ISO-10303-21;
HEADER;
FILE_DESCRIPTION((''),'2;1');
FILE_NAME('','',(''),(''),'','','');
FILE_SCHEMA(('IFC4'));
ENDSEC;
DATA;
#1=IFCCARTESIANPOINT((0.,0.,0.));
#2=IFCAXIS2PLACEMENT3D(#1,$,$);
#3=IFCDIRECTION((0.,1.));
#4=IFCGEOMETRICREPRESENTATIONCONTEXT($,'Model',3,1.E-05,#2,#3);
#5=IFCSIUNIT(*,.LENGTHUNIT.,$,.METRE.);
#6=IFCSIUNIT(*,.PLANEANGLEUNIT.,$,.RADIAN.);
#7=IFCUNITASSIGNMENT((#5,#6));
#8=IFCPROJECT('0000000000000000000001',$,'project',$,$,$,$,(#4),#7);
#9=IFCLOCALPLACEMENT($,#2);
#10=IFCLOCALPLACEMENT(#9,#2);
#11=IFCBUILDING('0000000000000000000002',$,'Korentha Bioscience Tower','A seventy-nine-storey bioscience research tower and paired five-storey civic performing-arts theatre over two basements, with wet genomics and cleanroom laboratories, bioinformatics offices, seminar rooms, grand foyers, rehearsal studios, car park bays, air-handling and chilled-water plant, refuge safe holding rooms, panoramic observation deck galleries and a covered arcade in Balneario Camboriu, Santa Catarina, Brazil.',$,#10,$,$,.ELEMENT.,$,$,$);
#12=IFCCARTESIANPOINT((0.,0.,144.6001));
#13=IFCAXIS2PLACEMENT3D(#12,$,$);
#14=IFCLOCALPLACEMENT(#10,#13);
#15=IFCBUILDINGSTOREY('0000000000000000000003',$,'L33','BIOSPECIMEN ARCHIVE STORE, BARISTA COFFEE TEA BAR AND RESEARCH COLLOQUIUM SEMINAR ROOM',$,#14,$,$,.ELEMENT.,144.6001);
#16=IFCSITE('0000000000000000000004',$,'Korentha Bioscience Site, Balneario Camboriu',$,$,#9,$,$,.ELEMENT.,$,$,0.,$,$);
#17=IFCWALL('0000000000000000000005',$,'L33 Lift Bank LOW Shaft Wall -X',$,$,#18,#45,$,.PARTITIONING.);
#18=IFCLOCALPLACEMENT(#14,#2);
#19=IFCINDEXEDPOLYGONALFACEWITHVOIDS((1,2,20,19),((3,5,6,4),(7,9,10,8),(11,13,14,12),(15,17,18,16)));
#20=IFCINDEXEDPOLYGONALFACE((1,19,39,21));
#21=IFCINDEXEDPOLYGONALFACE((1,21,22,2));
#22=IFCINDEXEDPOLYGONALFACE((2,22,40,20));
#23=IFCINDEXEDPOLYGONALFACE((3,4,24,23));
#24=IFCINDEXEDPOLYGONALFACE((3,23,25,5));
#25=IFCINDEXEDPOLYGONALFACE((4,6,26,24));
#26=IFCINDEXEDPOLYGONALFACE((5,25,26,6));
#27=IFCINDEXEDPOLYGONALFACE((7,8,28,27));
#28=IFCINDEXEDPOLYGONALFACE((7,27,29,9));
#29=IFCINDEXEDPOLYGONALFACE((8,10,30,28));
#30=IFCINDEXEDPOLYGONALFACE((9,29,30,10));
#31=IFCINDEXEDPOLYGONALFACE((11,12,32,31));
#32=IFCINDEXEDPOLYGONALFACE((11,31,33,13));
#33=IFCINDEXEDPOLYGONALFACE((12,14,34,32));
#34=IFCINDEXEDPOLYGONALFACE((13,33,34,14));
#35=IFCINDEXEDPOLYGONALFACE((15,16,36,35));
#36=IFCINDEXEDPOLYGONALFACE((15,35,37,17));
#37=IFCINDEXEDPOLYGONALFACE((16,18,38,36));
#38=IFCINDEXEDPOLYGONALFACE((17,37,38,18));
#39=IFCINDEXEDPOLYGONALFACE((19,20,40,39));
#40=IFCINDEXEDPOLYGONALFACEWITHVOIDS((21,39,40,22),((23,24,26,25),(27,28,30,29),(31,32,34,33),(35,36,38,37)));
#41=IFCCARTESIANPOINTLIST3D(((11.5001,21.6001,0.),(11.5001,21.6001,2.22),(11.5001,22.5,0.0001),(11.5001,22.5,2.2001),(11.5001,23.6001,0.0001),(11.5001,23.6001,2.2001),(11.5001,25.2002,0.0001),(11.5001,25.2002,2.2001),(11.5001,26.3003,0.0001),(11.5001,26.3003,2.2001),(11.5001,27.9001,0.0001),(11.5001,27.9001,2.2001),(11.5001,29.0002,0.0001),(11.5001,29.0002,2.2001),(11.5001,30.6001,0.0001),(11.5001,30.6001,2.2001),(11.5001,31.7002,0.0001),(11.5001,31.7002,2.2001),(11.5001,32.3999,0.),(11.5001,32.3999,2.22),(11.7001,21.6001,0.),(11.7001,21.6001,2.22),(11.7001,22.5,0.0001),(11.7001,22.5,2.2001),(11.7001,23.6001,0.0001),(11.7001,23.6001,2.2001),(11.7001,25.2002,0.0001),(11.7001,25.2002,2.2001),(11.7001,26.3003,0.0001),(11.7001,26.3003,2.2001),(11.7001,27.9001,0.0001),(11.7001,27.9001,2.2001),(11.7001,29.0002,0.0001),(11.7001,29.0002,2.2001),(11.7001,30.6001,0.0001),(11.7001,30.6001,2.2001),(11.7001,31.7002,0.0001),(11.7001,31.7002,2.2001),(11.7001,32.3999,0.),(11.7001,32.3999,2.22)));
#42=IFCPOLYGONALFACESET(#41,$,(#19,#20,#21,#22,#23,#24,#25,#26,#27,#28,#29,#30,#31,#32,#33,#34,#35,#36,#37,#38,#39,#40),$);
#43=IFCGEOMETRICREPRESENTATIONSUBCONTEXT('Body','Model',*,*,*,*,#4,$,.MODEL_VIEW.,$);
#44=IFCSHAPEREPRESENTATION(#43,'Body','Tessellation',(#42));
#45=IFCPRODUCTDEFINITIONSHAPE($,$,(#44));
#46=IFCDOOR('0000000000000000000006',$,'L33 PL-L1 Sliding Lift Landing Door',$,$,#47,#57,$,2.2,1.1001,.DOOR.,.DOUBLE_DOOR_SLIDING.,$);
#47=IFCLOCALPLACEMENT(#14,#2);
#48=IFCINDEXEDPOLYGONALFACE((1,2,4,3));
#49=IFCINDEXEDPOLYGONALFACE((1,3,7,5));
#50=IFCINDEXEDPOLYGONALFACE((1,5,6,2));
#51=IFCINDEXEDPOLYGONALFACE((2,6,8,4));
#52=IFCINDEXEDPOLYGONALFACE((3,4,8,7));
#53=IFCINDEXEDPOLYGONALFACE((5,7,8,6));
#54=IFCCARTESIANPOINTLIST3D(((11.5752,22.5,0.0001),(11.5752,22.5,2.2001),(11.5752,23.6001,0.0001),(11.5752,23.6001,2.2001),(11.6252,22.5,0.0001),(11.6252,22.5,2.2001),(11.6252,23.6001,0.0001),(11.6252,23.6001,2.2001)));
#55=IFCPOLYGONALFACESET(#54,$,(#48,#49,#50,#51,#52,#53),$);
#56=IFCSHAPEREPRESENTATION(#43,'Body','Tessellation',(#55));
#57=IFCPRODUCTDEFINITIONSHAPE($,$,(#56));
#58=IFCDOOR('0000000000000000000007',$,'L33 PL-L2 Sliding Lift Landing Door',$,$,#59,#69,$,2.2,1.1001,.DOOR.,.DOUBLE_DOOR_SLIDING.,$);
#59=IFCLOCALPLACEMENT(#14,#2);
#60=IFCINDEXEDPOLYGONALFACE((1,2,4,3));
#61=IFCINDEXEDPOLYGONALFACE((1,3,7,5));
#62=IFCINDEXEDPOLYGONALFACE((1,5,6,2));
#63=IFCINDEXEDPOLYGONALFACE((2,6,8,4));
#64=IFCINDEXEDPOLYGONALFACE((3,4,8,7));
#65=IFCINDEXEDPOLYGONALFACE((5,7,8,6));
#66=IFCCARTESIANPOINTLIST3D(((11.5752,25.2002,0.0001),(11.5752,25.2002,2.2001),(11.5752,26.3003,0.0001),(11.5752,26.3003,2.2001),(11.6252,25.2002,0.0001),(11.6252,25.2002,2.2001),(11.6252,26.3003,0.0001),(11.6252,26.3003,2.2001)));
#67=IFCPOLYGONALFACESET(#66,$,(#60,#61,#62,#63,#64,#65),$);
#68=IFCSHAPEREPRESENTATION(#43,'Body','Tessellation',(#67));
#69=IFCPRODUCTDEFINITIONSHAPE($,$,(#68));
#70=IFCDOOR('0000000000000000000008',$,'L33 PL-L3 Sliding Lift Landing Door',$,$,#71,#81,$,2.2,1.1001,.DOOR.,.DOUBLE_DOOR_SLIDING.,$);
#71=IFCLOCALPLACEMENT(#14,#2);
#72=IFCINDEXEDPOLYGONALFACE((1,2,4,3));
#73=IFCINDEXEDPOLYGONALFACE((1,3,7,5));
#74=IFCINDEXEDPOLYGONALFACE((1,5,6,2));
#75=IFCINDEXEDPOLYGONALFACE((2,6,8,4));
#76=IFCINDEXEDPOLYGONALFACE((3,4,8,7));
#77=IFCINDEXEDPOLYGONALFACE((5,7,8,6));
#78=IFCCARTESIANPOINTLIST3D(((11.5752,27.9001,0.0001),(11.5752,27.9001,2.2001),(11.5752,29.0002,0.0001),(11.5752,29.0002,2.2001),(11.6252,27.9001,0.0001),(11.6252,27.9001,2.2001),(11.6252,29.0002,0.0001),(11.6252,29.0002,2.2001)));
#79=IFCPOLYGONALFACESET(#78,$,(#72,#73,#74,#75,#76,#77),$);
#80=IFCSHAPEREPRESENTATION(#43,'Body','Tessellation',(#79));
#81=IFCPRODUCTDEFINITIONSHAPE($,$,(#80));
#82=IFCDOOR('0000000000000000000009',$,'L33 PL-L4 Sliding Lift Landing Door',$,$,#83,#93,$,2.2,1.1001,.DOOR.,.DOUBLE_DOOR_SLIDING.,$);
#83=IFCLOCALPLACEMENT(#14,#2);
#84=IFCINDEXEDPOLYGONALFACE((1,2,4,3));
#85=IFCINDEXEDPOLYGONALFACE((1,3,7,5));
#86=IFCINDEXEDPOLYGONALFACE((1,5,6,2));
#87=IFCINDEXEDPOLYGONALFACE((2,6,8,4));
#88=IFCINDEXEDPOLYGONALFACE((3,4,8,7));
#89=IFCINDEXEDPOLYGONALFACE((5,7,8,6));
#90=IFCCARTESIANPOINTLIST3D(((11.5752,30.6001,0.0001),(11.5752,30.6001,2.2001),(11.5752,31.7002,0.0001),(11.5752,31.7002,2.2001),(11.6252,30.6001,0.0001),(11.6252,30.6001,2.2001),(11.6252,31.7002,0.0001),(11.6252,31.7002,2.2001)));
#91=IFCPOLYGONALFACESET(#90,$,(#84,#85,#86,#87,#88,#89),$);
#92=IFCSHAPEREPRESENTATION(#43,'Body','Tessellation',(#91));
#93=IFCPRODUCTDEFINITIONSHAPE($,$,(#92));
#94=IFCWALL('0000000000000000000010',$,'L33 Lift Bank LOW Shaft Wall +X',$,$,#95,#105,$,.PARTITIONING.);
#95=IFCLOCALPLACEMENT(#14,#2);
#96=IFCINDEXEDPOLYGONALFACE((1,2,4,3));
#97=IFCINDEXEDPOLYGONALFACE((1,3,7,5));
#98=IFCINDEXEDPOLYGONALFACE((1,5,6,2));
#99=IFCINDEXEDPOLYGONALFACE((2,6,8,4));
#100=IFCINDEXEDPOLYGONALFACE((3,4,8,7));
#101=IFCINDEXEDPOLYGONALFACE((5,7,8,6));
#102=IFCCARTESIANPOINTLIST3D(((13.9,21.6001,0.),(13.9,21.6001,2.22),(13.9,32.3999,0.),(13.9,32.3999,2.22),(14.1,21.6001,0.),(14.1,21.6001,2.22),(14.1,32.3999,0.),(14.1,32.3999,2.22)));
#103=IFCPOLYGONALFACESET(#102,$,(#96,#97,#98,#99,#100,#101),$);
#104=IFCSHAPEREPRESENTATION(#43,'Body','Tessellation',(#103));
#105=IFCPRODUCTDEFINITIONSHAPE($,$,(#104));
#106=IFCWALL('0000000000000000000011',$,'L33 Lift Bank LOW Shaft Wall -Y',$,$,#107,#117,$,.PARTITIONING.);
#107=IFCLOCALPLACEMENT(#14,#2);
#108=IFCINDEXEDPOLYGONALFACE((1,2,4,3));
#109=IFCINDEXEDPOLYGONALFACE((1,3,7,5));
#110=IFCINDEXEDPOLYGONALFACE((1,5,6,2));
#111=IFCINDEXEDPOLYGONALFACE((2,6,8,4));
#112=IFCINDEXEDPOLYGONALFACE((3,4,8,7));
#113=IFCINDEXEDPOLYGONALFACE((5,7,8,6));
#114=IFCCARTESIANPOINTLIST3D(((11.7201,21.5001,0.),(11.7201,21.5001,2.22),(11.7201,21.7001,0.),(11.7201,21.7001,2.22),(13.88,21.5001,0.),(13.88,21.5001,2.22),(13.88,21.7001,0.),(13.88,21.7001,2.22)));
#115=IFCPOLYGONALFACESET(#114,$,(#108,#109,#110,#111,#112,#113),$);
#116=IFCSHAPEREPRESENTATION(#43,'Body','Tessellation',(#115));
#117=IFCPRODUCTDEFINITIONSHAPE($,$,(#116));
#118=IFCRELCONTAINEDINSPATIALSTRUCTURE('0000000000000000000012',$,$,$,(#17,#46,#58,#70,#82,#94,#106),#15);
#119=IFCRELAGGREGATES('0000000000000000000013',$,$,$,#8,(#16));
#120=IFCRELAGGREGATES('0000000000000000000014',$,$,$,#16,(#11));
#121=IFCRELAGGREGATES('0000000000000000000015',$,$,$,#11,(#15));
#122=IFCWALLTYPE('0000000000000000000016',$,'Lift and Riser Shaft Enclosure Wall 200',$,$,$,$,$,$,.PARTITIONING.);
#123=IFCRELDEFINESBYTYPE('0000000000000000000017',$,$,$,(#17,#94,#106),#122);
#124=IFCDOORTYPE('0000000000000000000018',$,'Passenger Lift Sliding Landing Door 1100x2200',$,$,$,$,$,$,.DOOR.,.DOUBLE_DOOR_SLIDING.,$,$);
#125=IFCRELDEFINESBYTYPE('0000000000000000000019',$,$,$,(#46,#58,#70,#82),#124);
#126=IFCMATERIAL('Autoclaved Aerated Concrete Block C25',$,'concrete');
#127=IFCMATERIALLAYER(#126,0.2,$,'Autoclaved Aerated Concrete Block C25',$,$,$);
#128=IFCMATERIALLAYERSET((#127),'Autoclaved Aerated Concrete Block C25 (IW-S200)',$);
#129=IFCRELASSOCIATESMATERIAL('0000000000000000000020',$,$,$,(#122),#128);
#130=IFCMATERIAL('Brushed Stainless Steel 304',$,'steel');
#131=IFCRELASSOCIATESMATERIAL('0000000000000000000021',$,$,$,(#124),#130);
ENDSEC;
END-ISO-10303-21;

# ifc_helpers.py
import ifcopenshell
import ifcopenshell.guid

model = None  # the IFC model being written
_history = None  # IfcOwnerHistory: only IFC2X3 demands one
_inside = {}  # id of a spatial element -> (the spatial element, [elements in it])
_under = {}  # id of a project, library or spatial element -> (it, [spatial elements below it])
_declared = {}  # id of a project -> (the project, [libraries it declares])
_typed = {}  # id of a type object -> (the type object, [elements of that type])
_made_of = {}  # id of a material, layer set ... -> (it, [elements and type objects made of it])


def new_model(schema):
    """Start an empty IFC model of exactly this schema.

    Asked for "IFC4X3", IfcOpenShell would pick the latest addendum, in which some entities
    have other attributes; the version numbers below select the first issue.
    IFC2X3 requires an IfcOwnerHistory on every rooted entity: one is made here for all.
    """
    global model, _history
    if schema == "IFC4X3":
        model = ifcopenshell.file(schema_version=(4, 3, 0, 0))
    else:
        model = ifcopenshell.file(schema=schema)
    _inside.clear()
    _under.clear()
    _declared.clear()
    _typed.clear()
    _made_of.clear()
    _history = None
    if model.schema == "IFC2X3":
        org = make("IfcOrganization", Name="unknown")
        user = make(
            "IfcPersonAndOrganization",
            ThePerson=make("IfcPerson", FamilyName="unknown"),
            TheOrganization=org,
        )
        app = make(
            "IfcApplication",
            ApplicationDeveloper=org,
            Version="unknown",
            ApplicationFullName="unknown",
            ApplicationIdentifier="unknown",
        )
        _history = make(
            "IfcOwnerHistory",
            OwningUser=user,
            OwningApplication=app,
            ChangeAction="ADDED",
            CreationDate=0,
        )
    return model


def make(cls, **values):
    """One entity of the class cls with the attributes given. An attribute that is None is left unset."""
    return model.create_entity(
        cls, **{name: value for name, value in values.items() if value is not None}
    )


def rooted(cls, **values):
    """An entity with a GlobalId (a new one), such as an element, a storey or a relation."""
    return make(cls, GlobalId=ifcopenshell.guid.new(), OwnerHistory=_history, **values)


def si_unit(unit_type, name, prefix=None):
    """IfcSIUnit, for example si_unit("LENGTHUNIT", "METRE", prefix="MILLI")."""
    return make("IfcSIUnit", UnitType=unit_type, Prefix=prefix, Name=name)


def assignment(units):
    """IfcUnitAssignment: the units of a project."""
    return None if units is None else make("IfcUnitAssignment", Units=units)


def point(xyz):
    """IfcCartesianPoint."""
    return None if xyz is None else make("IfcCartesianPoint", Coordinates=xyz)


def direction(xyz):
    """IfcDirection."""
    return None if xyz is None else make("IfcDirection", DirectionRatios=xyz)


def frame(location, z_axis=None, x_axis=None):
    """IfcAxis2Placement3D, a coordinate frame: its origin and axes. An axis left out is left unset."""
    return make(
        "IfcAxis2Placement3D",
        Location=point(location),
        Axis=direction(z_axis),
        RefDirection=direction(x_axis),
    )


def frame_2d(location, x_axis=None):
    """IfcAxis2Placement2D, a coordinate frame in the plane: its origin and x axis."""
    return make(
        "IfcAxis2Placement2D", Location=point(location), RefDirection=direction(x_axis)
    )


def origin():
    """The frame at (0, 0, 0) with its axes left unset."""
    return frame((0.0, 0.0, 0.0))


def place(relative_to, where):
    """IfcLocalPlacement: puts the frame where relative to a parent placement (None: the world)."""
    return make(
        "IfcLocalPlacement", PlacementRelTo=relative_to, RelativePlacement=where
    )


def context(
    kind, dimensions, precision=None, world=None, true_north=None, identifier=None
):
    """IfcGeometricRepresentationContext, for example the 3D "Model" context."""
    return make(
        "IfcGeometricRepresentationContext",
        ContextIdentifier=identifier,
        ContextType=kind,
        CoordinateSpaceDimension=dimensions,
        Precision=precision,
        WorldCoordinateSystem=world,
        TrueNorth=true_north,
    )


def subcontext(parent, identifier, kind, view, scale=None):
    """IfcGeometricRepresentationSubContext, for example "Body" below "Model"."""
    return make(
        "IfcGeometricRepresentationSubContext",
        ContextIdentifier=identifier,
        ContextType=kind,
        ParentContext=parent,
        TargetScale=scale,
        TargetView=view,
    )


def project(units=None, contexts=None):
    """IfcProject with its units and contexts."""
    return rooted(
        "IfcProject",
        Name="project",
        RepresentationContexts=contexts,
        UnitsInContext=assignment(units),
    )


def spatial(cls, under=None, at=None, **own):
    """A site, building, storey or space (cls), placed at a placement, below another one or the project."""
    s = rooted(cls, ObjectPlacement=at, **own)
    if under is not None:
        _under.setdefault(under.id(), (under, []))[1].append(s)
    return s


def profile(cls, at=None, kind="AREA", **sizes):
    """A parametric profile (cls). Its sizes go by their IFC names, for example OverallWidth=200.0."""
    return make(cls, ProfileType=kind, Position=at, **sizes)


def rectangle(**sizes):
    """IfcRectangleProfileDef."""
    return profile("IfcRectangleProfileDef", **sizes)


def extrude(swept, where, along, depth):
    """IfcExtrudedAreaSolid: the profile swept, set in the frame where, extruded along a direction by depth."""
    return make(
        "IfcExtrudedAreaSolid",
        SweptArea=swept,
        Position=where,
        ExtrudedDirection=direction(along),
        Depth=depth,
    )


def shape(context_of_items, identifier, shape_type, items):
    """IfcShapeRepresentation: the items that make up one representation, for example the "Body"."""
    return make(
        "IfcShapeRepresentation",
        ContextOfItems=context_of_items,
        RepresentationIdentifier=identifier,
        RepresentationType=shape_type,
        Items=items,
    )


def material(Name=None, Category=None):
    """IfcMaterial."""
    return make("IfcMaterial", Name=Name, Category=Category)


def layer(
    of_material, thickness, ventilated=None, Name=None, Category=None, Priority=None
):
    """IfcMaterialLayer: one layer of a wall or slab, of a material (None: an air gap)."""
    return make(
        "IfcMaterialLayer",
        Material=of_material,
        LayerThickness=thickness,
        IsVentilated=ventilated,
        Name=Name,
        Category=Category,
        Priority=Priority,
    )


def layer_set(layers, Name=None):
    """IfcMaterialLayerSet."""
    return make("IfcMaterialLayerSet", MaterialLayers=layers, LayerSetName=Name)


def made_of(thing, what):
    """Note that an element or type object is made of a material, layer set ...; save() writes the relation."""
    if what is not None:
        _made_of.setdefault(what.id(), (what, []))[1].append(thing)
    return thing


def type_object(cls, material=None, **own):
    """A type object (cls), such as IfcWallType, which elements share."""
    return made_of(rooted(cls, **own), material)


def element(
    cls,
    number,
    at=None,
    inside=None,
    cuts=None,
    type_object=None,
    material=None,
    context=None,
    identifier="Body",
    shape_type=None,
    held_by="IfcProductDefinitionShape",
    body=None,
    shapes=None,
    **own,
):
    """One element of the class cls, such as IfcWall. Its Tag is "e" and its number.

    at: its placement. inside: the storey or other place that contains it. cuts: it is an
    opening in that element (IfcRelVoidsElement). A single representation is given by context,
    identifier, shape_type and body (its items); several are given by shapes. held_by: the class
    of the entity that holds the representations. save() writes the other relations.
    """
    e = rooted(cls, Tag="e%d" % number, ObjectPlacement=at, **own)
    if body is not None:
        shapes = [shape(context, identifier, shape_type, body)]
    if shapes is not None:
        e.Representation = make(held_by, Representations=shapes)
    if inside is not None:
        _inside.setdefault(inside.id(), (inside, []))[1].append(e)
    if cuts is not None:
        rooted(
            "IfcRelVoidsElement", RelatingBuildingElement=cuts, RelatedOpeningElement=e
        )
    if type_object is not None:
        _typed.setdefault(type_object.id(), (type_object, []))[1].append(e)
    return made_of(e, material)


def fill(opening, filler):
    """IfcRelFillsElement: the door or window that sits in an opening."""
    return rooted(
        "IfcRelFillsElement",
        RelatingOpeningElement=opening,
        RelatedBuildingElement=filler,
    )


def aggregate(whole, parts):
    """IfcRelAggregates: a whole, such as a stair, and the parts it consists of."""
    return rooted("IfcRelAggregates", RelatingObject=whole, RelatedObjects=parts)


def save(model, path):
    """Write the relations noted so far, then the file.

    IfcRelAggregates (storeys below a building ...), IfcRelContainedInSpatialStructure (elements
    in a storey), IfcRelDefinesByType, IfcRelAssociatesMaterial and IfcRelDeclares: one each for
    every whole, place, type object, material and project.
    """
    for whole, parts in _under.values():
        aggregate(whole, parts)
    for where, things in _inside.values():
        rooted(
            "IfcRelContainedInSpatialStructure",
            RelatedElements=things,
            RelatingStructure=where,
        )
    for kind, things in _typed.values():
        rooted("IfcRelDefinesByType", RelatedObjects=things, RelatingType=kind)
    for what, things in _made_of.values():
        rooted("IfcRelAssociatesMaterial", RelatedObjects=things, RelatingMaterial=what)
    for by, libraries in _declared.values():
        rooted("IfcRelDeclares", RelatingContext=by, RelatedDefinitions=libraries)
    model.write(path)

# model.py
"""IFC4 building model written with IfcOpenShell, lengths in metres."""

from ifc_helpers import new_model, si_unit, direction, frame, frame_2d, origin, place, context, subcontext, project, spatial, rectangle, extrude, material, layer, layer_set, type_object, element, fill, save


model = new_model("IFC4")

# Units and contexts
model_context = context("Model", 3, precision=1e-05, world=origin(), true_north=direction((0.0, 1.0)))
body_context = subcontext(model_context, "Body", "Model", "MODEL_VIEW")
ifc_project = project(units=[si_unit("LENGTHUNIT", "METRE"), si_unit("PLANEANGLEUNIT", "RADIAN")], contexts=[model_context])

# Site, building, storey
site_placement = place(None, origin())
site = spatial("IfcSite", under=ifc_project, at=site_placement, Name="Korentha Bioscience Site, Balneario Camboriu", CompositionType="ELEMENT", RefElevation=0.0)
building_placement = place(site_placement, origin())
building = spatial("IfcBuilding", under=site, at=building_placement, Name="Korentha Bioscience Tower", Description="A seventy-nine-storey bioscience research tower and paired five-storey civic performing-arts theatre over two basements, with wet genomics and cleanroom laboratories, bioinformatics offices, seminar rooms, grand foyers, rehearsal studios, car park bays, air-handling and chilled-water plant, refuge safe holding rooms, panoramic observation deck galleries and a covered arcade in Balneario Camboriu, Santa Catarina, Brazil.", CompositionType="ELEMENT")
storey_placement = place(building_placement, frame((0.0, 0.0, 144.6001)))
storey = spatial("IfcBuildingStorey", under=building, at=storey_placement, Name="L33", Description="BIOSPECIMEN ARCHIVE STORE, BARISTA COFFEE TEA BAR AND RESEARCH COLLOQUIUM SEMINAR ROOM", CompositionType="ELEMENT", Elevation=144.6001)

# Wall, openings, doors
ifc_material_1 = material(Name="Autoclaved Aerated Concrete Block C25", Category="concrete")
ifc_layer_1 = layer(ifc_material_1, 0.2, Name="Autoclaved Aerated Concrete Block C25")
ifc_layer_set_1 = layer_set([ifc_layer_1], Name="Autoclaved Aerated Concrete Block C25 (IW-S200)")
wall_type_1 = type_object("IfcWallType", Name="Lift and Riser Shaft Enclosure Wall 200", PredefinedType="PARTITIONING", material=ifc_layer_set_1)
wall_1_placement = place(storey_placement, frame((11.6001, 21.6001, 0.0), z_axis=(0.0, 0.0, 1.0), x_axis=(0.0, 1.0, 0.0)))
wall_1 = element("IfcWall", 1, at=wall_1_placement, inside=storey, type_object=wall_type_1, Name="L33 Lift Bank LOW Shaft Wall -X", PredefinedType="PARTITIONING", context=body_context, shape_type="SweptSolid", body=[
    extrude(rectangle(XDim=10.7998, YDim=0.2, at=frame_2d((5.3999, 0.0))), origin(), (0.0, 0.0, 1.0), 2.22),
])
opening_1_placement = place(wall_1_placement, frame((0.8999, 0.0, 0.0)))
opening_1 = element("IfcOpeningElement", 2, at=opening_1_placement, cuts=wall_1, PredefinedType="OPENING", context=body_context, shape_type="SweptSolid", body=[
    extrude(rectangle(XDim=1.1001, YDim=2.2, at=frame_2d((0.55, 1.1001))), frame((0.0, 0.1147, 0.0), z_axis=(0.0, -1.0, 0.0), x_axis=(1.0, 0.0, 0.0)), (0.0, 0.0, 1.0), 0.2297),
])
opening_2_placement = place(wall_1_placement, frame((3.6001, 0.0, 0.0)))
opening_2 = element("IfcOpeningElement", 3, at=opening_2_placement, cuts=wall_1, PredefinedType="OPENING", context=body_context, shape_type="SweptSolid", body=[
    extrude(rectangle(XDim=1.1001, YDim=2.2, at=frame_2d((0.55, 1.1001))), frame((0.0, 0.1147, 0.0), z_axis=(0.0, -1.0, 0.0), x_axis=(1.0, 0.0, 0.0)), (0.0, 0.0, 1.0), 0.2297),
])
opening_3_placement = place(wall_1_placement, frame((6.3, 0.0, 0.0)))
opening_3 = element("IfcOpeningElement", 4, at=opening_3_placement, cuts=wall_1, PredefinedType="OPENING", context=body_context, shape_type="SweptSolid", body=[
    extrude(rectangle(XDim=1.1001, YDim=2.2, at=frame_2d((0.55, 1.1001))), frame((0.0, 0.1147, 0.0), z_axis=(0.0, -1.0, 0.0), x_axis=(1.0, 0.0, 0.0)), (0.0, 0.0, 1.0), 0.2297),
])
opening_4_placement = place(wall_1_placement, frame((9.0, 0.0, 0.0)))
opening_4 = element("IfcOpeningElement", 5, at=opening_4_placement, cuts=wall_1, PredefinedType="OPENING", context=body_context, shape_type="SweptSolid", body=[
    extrude(rectangle(XDim=1.1001, YDim=2.2, at=frame_2d((0.55, 1.1001))), frame((0.0, 0.1147, 0.0), z_axis=(0.0, -1.0, 0.0), x_axis=(1.0, 0.0, 0.0)), (0.0, 0.0, 1.0), 0.2297),
])
ifc_material_2 = material(Name="Brushed Stainless Steel 304", Category="steel")
door_type_1 = type_object("IfcDoorType", Name="Passenger Lift Sliding Landing Door 1100x2200", OperationType="DOUBLE_DOOR_SLIDING", PredefinedType="DOOR", material=ifc_material_2)
door_1_placement = place(opening_1_placement, origin())
door_1 = element("IfcDoor", 6, at=door_1_placement, inside=storey, type_object=door_type_1, Name="L33 PL-L1 Sliding Lift Landing Door", OperationType="DOUBLE_DOOR_SLIDING", OverallHeight=2.2, OverallWidth=1.1001, PredefinedType="DOOR", context=body_context, shape_type="SweptSolid", body=[
    extrude(rectangle(XDim=1.1001, YDim=2.2, at=frame_2d((0.55, 1.1001))), frame((0.0, 0.0249, 0.0), z_axis=(0.0, -1.0, 0.0), x_axis=(1.0, 0.0, 0.0)), (0.0, 0.0, 1.0), 0.05),
])
fill(opening_1, door_1)
door_2_placement = place(opening_2_placement, origin())
door_2 = element("IfcDoor", 7, at=door_2_placement, inside=storey, type_object=door_type_1, Name="L33 PL-L2 Sliding Lift Landing Door", OperationType="DOUBLE_DOOR_SLIDING", OverallHeight=2.2, OverallWidth=1.1001, PredefinedType="DOOR", context=body_context, shape_type="SweptSolid", body=[
    extrude(rectangle(XDim=1.1001, YDim=2.2, at=frame_2d((0.55, 1.1001))), frame((0.0, 0.0249, 0.0), z_axis=(0.0, -1.0, 0.0), x_axis=(1.0, 0.0, 0.0)), (0.0, 0.0, 1.0), 0.05),
])
fill(opening_2, door_2)
door_3_placement = place(opening_3_placement, origin())
door_3 = element("IfcDoor", 8, at=door_3_placement, inside=storey, type_object=door_type_1, Name="L33 PL-L3 Sliding Lift Landing Door", OperationType="DOUBLE_DOOR_SLIDING", OverallHeight=2.2, OverallWidth=1.1001, PredefinedType="DOOR", context=body_context, shape_type="SweptSolid", body=[
    extrude(rectangle(XDim=1.1001, YDim=2.2, at=frame_2d((0.55, 1.1001))), frame((0.0, 0.0249, 0.0), z_axis=(0.0, -1.0, 0.0), x_axis=(1.0, 0.0, 0.0)), (0.0, 0.0, 1.0), 0.05),
])
fill(opening_3, door_3)
door_4_placement = place(opening_4_placement, origin())
door_4 = element("IfcDoor", 9, at=door_4_placement, inside=storey, type_object=door_type_1, Name="L33 PL-L4 Sliding Lift Landing Door", OperationType="DOUBLE_DOOR_SLIDING", OverallHeight=2.2, OverallWidth=1.1001, PredefinedType="DOOR", context=body_context, shape_type="SweptSolid", body=[
    extrude(rectangle(XDim=1.1001, YDim=2.2, at=frame_2d((0.55, 1.1001))), frame((0.0, 0.0249, 0.0), z_axis=(0.0, -1.0, 0.0), x_axis=(1.0, 0.0, 0.0)), (0.0, 0.0, 1.0), 0.05),
])
fill(opening_4, door_4)

# Walls
wall_2_placement = place(storey_placement, frame((14.0, 21.6001, 0.0), z_axis=(0.0, 0.0, 1.0), x_axis=(0.0, 1.0, 0.0)))
element("IfcWall", 10, at=wall_2_placement, inside=storey, type_object=wall_type_1, Name="L33 Lift Bank LOW Shaft Wall +X", PredefinedType="PARTITIONING", context=body_context, shape_type="SweptSolid", body=[
    extrude(rectangle(XDim=10.7998, YDim=0.2, at=frame_2d((5.3999, 0.0))), origin(), (0.0, 0.0, 1.0), 2.22),
])
wall_3_placement = place(storey_placement, frame((11.72, 21.6001, 0.0), z_axis=(0.0, 0.0, 1.0), x_axis=(1.0, 0.0, 0.0)))
element("IfcWall", 11, at=wall_3_placement, inside=storey, type_object=wall_type_1, Name="L33 Lift Bank LOW Shaft Wall -Y", PredefinedType="PARTITIONING", context=body_context, shape_type="SweptSolid", body=[
    extrude(rectangle(XDim=2.1599, YDim=0.2, at=frame_2d((1.0801, 0.0))), origin(), (0.0, 0.0, 1.0), 2.22),
])

save(model, "model.ifc")
